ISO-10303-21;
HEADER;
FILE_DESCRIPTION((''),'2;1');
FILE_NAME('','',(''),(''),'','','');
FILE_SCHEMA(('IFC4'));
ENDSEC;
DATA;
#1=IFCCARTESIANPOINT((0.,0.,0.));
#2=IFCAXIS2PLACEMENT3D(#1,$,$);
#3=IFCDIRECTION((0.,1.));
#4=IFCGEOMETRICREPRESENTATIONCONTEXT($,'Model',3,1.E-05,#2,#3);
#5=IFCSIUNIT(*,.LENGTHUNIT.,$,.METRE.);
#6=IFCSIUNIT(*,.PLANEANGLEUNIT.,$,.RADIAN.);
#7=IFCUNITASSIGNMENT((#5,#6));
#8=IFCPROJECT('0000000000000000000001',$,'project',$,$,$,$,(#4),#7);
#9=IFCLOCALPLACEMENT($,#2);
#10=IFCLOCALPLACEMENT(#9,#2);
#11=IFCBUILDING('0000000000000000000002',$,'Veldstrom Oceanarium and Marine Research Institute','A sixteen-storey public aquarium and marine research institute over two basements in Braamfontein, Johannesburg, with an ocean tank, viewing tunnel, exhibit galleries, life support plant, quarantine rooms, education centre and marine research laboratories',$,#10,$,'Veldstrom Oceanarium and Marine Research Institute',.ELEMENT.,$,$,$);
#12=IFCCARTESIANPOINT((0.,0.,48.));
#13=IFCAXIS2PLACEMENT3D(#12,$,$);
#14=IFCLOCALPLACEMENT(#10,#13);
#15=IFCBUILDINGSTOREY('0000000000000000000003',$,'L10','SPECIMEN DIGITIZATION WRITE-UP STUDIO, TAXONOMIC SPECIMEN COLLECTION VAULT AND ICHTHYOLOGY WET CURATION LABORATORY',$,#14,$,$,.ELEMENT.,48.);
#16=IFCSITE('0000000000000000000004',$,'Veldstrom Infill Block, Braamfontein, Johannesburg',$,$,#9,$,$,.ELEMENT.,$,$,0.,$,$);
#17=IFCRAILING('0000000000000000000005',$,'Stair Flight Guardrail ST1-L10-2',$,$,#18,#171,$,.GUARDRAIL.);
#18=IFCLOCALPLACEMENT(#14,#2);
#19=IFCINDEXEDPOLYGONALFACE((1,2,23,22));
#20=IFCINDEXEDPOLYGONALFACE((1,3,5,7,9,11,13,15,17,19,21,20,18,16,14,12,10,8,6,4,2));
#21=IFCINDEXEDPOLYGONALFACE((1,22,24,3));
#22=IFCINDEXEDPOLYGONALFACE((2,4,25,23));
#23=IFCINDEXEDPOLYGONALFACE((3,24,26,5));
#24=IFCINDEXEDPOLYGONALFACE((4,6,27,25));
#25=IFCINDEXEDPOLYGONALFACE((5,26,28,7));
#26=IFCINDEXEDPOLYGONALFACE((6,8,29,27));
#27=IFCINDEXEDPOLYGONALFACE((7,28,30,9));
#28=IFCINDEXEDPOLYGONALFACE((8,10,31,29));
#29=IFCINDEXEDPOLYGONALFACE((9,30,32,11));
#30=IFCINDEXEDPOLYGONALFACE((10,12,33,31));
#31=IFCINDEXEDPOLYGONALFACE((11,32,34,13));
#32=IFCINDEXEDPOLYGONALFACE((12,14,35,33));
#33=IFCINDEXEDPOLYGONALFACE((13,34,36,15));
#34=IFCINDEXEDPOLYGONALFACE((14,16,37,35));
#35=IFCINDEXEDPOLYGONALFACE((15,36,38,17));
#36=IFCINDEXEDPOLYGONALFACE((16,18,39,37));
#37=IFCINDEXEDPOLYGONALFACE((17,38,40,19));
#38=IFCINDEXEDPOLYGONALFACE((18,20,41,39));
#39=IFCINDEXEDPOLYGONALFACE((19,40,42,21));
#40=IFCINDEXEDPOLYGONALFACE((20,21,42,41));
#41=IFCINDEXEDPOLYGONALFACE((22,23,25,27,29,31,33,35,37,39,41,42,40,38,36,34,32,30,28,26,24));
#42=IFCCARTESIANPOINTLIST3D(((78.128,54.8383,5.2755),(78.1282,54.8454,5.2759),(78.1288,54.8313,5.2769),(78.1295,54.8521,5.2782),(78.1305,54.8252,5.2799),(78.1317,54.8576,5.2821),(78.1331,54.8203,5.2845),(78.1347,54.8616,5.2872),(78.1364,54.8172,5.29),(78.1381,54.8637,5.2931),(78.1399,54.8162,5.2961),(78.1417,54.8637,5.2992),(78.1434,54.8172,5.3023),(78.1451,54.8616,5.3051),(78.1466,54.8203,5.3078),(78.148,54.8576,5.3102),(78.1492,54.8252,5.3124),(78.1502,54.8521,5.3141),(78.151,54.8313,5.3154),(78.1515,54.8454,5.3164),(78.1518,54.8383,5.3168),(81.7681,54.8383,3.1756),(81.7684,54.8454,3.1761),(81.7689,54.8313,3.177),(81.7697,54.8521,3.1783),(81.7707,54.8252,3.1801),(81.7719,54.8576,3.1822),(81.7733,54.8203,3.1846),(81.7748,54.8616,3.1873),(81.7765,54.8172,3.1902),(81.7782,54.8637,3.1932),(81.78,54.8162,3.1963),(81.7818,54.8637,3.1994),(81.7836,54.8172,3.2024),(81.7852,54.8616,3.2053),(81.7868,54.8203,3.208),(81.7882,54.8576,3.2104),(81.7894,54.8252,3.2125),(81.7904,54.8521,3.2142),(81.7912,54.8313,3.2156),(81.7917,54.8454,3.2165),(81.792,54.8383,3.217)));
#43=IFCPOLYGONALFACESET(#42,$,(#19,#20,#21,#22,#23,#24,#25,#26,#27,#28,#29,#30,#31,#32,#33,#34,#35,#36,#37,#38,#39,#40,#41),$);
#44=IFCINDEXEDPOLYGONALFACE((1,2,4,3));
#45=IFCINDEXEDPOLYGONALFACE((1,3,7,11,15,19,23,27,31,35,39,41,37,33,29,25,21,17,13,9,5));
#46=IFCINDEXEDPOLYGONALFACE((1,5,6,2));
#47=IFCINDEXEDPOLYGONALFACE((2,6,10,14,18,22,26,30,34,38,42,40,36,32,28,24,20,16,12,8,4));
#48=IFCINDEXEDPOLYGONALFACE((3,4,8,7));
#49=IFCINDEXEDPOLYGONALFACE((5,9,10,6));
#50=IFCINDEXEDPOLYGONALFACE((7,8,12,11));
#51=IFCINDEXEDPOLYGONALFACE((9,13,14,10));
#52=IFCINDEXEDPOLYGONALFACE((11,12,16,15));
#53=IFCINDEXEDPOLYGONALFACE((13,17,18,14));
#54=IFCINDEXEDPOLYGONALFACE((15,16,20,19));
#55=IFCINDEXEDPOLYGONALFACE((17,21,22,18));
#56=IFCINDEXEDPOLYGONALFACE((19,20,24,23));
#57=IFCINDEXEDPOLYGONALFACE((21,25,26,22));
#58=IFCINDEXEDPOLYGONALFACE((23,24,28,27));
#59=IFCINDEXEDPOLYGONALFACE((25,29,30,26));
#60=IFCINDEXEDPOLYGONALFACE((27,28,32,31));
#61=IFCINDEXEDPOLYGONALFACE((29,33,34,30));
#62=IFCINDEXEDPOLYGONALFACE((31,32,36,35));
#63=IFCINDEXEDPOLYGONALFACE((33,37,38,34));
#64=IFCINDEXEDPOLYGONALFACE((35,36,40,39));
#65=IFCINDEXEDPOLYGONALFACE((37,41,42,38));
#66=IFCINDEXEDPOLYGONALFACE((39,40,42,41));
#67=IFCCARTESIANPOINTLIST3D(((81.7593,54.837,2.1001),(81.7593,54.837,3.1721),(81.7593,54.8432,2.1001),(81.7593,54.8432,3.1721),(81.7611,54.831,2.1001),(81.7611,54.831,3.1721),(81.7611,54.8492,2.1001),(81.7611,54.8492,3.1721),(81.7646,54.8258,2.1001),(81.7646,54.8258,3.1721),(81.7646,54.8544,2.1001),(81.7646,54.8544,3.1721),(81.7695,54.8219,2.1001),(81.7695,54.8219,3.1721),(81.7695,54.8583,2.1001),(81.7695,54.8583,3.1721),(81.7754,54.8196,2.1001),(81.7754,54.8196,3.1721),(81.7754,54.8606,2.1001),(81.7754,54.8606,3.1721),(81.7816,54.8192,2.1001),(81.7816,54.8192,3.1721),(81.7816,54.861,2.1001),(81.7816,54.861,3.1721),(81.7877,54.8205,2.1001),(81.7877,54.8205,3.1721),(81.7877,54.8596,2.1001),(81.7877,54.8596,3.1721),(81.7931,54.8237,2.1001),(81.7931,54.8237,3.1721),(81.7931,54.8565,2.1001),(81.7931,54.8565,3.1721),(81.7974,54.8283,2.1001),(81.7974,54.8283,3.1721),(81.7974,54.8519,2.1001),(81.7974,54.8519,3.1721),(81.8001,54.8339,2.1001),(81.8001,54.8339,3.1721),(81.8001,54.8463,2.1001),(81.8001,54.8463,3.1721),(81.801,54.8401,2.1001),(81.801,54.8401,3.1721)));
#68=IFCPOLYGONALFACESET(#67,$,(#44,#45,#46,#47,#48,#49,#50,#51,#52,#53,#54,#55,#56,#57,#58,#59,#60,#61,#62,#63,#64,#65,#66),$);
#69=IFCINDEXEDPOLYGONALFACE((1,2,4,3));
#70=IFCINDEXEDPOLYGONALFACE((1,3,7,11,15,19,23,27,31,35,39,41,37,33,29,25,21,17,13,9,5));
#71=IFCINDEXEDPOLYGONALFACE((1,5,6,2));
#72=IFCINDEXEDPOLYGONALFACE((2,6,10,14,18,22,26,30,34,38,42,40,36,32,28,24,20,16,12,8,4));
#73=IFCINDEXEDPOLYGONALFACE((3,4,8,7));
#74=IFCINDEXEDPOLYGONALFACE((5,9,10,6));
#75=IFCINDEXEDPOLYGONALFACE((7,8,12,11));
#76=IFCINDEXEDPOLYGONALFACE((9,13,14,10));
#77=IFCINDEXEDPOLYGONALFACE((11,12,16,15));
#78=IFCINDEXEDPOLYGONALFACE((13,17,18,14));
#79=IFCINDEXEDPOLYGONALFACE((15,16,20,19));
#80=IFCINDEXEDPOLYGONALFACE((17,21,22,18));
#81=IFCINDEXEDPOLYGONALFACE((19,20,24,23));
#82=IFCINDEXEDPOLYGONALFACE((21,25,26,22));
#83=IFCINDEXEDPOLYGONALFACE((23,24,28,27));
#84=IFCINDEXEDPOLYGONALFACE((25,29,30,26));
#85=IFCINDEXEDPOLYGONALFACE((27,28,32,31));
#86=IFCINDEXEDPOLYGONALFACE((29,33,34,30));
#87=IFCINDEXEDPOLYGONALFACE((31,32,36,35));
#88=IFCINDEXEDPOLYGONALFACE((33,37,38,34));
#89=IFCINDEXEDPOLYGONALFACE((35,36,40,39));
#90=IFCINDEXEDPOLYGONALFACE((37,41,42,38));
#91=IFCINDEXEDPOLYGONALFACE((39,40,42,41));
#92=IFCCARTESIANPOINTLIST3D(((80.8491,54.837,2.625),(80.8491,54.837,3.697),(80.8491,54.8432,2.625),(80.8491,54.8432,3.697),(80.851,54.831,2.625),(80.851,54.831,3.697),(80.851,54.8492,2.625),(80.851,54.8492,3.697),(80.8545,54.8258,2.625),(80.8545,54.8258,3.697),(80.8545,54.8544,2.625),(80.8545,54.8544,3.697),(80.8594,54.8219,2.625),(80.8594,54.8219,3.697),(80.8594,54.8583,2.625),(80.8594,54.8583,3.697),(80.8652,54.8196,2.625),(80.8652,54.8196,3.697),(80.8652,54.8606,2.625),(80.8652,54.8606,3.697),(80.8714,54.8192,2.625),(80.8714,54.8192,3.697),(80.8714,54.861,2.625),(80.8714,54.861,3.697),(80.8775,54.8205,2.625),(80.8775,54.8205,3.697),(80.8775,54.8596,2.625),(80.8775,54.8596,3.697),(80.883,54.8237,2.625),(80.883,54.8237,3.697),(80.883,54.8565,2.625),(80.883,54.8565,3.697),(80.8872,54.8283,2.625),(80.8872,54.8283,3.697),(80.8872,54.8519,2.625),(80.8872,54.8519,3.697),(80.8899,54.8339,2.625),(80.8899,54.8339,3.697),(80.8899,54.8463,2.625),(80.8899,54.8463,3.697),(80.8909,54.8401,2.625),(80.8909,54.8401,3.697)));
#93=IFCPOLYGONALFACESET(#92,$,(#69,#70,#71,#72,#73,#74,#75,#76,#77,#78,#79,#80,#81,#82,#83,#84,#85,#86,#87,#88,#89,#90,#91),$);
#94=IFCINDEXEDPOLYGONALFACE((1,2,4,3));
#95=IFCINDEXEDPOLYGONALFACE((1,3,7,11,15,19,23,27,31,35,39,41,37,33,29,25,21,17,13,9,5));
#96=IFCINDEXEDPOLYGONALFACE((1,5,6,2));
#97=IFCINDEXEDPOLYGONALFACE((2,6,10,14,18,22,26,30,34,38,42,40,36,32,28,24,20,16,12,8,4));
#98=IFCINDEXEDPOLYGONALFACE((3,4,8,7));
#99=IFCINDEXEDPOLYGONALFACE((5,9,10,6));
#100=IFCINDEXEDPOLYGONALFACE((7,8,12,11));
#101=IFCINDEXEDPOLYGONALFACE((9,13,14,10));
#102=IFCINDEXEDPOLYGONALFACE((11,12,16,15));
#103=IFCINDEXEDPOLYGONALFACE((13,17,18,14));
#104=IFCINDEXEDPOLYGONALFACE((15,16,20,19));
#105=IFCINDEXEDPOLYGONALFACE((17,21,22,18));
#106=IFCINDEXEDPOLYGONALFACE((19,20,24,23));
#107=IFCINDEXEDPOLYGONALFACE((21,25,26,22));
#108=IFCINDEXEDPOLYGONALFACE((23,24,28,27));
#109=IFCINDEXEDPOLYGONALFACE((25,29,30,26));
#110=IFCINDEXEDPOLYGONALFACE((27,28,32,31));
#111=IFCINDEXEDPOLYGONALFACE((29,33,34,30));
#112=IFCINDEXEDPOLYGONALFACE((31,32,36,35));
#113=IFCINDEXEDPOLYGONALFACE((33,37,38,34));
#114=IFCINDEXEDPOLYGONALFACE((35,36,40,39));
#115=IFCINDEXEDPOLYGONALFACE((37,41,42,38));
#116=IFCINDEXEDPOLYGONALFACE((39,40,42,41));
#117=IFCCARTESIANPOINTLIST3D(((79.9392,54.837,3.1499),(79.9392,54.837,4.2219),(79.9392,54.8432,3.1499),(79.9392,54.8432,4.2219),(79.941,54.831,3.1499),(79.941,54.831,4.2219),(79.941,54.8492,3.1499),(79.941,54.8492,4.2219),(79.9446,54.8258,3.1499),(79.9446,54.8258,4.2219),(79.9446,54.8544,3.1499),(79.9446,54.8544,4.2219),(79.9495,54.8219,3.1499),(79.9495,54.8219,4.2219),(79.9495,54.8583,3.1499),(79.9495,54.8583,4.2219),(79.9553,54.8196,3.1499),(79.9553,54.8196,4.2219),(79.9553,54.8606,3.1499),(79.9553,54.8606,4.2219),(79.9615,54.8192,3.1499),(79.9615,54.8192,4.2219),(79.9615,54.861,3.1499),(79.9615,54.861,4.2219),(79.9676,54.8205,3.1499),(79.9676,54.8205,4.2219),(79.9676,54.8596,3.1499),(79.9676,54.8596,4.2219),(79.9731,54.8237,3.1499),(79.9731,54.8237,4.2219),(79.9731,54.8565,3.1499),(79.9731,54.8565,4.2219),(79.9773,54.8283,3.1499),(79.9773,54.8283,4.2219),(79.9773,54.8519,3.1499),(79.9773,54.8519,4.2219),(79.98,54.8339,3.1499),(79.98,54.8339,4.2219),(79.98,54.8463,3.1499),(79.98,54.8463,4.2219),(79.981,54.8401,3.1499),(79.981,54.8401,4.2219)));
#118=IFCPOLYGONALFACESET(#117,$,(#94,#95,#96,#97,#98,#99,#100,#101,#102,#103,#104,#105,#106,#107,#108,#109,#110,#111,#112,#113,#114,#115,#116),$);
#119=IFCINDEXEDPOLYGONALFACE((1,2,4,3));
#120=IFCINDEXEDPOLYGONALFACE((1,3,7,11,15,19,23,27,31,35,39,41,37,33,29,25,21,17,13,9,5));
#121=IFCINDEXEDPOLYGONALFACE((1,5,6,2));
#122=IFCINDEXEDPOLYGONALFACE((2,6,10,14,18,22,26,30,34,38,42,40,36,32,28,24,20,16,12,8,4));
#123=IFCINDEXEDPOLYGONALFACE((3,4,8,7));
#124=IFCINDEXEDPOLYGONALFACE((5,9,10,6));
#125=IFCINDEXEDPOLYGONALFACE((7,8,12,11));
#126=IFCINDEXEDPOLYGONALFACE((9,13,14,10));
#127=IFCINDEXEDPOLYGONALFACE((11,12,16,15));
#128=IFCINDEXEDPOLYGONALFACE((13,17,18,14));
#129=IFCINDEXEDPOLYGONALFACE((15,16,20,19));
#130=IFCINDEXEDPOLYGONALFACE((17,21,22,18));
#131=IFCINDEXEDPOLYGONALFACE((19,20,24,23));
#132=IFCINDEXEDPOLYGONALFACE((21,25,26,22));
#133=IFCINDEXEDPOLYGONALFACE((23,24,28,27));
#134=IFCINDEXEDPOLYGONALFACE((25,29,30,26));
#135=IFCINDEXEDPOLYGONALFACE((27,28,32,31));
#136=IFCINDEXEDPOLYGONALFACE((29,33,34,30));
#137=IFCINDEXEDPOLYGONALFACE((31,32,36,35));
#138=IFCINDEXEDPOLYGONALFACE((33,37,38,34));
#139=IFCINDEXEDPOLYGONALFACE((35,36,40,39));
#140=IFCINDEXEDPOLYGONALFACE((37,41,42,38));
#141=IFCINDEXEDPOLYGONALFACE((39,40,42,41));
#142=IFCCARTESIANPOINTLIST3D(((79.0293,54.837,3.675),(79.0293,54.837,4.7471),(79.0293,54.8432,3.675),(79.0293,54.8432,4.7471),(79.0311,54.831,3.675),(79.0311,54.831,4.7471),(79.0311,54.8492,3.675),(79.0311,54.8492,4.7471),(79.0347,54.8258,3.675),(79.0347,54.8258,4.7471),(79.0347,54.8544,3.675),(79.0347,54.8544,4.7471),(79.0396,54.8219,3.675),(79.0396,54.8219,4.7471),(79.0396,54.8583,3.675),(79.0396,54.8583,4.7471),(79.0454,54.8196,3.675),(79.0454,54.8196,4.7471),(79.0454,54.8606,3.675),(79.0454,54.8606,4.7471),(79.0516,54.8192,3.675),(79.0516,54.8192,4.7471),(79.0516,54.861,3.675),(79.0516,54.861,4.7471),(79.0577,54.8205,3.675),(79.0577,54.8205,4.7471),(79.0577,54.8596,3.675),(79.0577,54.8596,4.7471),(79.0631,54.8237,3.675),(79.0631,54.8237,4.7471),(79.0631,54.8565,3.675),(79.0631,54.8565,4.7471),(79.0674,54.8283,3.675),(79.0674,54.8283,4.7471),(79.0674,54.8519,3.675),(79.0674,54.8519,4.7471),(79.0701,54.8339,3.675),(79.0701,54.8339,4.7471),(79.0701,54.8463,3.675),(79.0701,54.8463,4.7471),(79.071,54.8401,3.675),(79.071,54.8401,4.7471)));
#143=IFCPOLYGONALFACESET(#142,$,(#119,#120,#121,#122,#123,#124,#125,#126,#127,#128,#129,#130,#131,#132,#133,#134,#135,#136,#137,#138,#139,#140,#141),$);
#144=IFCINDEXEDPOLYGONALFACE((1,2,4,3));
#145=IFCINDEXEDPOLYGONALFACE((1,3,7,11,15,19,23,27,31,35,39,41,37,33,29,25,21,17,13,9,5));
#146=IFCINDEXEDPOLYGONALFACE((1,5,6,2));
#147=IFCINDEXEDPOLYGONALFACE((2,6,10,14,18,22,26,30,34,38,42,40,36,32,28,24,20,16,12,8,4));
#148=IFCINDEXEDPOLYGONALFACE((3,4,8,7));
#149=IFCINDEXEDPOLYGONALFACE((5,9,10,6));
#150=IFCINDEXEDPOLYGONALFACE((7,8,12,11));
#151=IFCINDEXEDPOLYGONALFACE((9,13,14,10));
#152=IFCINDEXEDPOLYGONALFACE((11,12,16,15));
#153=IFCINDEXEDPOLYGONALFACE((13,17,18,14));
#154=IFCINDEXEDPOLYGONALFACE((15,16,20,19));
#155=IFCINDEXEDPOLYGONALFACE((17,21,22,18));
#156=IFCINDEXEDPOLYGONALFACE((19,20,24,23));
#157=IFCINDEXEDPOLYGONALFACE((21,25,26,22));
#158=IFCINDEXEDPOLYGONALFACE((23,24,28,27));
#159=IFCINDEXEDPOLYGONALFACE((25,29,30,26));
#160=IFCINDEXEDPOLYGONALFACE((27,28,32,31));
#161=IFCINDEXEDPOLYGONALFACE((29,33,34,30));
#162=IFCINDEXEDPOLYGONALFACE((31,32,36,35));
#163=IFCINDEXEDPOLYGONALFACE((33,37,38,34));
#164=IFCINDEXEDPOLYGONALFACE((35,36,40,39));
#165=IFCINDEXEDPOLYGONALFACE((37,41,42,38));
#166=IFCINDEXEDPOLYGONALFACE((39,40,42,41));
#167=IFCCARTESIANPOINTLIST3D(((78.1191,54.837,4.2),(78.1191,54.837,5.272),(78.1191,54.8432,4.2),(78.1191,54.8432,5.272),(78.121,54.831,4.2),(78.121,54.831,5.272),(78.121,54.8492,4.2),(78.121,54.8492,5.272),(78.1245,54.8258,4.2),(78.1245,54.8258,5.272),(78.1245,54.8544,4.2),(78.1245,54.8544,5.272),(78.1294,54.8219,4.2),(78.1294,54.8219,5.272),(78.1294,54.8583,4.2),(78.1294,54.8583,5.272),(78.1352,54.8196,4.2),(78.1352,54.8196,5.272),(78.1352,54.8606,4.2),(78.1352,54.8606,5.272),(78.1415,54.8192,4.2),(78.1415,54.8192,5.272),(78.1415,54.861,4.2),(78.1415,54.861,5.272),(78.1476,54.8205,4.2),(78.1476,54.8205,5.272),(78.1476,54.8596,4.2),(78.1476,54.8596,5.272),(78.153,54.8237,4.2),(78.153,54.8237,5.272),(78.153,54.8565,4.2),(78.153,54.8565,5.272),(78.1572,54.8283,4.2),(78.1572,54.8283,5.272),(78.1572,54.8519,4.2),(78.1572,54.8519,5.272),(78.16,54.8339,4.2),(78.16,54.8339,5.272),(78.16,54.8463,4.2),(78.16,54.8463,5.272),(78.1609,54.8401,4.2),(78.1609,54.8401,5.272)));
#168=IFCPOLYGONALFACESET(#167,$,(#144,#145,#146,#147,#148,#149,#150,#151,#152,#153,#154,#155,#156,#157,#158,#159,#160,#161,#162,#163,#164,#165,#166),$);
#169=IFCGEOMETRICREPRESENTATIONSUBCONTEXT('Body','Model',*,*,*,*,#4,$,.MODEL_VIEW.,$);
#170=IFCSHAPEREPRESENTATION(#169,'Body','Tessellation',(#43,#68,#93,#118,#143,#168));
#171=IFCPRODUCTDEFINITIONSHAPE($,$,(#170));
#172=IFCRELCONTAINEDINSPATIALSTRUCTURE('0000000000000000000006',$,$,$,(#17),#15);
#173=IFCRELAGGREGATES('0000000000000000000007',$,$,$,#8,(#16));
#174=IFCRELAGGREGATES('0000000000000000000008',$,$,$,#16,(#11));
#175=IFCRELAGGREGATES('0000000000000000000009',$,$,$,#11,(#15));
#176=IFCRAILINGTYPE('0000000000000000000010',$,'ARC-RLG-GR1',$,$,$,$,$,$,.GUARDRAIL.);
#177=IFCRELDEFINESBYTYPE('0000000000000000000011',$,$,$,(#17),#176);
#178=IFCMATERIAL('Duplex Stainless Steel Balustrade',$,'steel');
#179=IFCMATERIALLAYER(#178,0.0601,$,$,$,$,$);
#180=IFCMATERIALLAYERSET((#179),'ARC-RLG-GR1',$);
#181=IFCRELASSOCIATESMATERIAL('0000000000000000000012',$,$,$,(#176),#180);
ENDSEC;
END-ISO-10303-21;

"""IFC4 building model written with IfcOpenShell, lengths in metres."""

from ifc_helpers import new_model, si_unit, direction, frame, origin, origin_2d, place, context, subcontext, project, spatial, circle, extrude, material, layer, layer_set, type_object, element, save


model = new_model("IFC4")

# Units and contexts
model_context = context("Model", 3, precision=1e-05, world=origin(), true_north=direction((0.0, 1.0)))
body_context = subcontext(model_context, "Body", "Model", "MODEL_VIEW")
ifc_project = project(units=[si_unit("LENGTHUNIT", "METRE"), si_unit("PLANEANGLEUNIT", "RADIAN")], contexts=[model_context])

# Site, building, storey
site_placement = place(None, origin())
site = spatial("IfcSite", under=ifc_project, at=site_placement, Name="Veldstrom Infill Block, Braamfontein, Johannesburg", CompositionType="ELEMENT", RefElevation=0.0)
building_placement = place(site_placement, origin())
building = spatial("IfcBuilding", under=site, at=building_placement, Name="Veldstrom Oceanarium and Marine Research Institute", Description="A sixteen-storey public aquarium and marine research institute over two basements in Braamfontein, Johannesburg, with an ocean tank, viewing tunnel, exhibit galleries, life support plant, quarantine rooms, education centre and marine research laboratories", LongName="Veldstrom Oceanarium and Marine Research Institute", CompositionType="ELEMENT")
storey_placement = place(building_placement, frame((0.0, 0.0, 48.0)))
storey = spatial("IfcBuildingStorey", under=building, at=storey_placement, Name="L10", Description="SPECIMEN DIGITIZATION WRITE-UP STUDIO, TAXONOMIC SPECIMEN COLLECTION VAULT AND ICHTHYOLOGY WET CURATION LABORATORY", CompositionType="ELEMENT", Elevation=48.0)

# Railing
ifc_material_1 = material(Name="Duplex Stainless Steel Balustrade", Category="steel")
ifc_layer_1 = layer(ifc_material_1, 0.0601)
ifc_layer_set_1 = layer_set([ifc_layer_1], Name="ARC-RLG-GR1")
railing_type_1 = type_object("IfcRailingType", Name="ARC-RLG-GR1", PredefinedType="GUARDRAIL", material=ifc_layer_set_1)
railing_1_placement = place(storey_placement, frame((81.78, 54.8401, 2.1001)))
element("IfcRailing", 1, at=railing_1_placement, inside=storey, type_object=railing_type_1, Name="Stair Flight Guardrail ST1-L10-2", PredefinedType="GUARDRAIL", context=body_context, shape_type="SweptSolid", body=[
    extrude(circle(Radius=0.0239, at=origin_2d()), frame((0.0, 0.0, 1.0962), z_axis=(-0.866209, 0.0, 0.499682), x_axis=(0.0, -1.0, 0.0)), (0.0, 0.0, 1.0), 4.2024),
    extrude(circle(Radius=0.021, at=origin_2d()), origin(), (0.0, 0.0, 1.0), 1.072),
    extrude(circle(Radius=0.021, at=origin_2d()), frame((-0.9102, 0.0, 0.5249)), (0.0, 0.0, 1.0), 1.072),
    extrude(circle(Radius=0.021, at=origin_2d()), frame((-1.8201, 0.0, 1.0498)), (0.0, 0.0, 1.0), 1.072),
    extrude(circle(Radius=0.021, at=origin_2d()), frame((-2.73, 0.0, 1.575)), (0.0, 0.0, 1.0), 1.072),
    extrude(circle(Radius=0.021, at=origin_2d()), frame((-3.6401, 0.0, 2.0999)), (0.0, 0.0, 1.0), 1.072),
])

save(model, "model.ifc")
